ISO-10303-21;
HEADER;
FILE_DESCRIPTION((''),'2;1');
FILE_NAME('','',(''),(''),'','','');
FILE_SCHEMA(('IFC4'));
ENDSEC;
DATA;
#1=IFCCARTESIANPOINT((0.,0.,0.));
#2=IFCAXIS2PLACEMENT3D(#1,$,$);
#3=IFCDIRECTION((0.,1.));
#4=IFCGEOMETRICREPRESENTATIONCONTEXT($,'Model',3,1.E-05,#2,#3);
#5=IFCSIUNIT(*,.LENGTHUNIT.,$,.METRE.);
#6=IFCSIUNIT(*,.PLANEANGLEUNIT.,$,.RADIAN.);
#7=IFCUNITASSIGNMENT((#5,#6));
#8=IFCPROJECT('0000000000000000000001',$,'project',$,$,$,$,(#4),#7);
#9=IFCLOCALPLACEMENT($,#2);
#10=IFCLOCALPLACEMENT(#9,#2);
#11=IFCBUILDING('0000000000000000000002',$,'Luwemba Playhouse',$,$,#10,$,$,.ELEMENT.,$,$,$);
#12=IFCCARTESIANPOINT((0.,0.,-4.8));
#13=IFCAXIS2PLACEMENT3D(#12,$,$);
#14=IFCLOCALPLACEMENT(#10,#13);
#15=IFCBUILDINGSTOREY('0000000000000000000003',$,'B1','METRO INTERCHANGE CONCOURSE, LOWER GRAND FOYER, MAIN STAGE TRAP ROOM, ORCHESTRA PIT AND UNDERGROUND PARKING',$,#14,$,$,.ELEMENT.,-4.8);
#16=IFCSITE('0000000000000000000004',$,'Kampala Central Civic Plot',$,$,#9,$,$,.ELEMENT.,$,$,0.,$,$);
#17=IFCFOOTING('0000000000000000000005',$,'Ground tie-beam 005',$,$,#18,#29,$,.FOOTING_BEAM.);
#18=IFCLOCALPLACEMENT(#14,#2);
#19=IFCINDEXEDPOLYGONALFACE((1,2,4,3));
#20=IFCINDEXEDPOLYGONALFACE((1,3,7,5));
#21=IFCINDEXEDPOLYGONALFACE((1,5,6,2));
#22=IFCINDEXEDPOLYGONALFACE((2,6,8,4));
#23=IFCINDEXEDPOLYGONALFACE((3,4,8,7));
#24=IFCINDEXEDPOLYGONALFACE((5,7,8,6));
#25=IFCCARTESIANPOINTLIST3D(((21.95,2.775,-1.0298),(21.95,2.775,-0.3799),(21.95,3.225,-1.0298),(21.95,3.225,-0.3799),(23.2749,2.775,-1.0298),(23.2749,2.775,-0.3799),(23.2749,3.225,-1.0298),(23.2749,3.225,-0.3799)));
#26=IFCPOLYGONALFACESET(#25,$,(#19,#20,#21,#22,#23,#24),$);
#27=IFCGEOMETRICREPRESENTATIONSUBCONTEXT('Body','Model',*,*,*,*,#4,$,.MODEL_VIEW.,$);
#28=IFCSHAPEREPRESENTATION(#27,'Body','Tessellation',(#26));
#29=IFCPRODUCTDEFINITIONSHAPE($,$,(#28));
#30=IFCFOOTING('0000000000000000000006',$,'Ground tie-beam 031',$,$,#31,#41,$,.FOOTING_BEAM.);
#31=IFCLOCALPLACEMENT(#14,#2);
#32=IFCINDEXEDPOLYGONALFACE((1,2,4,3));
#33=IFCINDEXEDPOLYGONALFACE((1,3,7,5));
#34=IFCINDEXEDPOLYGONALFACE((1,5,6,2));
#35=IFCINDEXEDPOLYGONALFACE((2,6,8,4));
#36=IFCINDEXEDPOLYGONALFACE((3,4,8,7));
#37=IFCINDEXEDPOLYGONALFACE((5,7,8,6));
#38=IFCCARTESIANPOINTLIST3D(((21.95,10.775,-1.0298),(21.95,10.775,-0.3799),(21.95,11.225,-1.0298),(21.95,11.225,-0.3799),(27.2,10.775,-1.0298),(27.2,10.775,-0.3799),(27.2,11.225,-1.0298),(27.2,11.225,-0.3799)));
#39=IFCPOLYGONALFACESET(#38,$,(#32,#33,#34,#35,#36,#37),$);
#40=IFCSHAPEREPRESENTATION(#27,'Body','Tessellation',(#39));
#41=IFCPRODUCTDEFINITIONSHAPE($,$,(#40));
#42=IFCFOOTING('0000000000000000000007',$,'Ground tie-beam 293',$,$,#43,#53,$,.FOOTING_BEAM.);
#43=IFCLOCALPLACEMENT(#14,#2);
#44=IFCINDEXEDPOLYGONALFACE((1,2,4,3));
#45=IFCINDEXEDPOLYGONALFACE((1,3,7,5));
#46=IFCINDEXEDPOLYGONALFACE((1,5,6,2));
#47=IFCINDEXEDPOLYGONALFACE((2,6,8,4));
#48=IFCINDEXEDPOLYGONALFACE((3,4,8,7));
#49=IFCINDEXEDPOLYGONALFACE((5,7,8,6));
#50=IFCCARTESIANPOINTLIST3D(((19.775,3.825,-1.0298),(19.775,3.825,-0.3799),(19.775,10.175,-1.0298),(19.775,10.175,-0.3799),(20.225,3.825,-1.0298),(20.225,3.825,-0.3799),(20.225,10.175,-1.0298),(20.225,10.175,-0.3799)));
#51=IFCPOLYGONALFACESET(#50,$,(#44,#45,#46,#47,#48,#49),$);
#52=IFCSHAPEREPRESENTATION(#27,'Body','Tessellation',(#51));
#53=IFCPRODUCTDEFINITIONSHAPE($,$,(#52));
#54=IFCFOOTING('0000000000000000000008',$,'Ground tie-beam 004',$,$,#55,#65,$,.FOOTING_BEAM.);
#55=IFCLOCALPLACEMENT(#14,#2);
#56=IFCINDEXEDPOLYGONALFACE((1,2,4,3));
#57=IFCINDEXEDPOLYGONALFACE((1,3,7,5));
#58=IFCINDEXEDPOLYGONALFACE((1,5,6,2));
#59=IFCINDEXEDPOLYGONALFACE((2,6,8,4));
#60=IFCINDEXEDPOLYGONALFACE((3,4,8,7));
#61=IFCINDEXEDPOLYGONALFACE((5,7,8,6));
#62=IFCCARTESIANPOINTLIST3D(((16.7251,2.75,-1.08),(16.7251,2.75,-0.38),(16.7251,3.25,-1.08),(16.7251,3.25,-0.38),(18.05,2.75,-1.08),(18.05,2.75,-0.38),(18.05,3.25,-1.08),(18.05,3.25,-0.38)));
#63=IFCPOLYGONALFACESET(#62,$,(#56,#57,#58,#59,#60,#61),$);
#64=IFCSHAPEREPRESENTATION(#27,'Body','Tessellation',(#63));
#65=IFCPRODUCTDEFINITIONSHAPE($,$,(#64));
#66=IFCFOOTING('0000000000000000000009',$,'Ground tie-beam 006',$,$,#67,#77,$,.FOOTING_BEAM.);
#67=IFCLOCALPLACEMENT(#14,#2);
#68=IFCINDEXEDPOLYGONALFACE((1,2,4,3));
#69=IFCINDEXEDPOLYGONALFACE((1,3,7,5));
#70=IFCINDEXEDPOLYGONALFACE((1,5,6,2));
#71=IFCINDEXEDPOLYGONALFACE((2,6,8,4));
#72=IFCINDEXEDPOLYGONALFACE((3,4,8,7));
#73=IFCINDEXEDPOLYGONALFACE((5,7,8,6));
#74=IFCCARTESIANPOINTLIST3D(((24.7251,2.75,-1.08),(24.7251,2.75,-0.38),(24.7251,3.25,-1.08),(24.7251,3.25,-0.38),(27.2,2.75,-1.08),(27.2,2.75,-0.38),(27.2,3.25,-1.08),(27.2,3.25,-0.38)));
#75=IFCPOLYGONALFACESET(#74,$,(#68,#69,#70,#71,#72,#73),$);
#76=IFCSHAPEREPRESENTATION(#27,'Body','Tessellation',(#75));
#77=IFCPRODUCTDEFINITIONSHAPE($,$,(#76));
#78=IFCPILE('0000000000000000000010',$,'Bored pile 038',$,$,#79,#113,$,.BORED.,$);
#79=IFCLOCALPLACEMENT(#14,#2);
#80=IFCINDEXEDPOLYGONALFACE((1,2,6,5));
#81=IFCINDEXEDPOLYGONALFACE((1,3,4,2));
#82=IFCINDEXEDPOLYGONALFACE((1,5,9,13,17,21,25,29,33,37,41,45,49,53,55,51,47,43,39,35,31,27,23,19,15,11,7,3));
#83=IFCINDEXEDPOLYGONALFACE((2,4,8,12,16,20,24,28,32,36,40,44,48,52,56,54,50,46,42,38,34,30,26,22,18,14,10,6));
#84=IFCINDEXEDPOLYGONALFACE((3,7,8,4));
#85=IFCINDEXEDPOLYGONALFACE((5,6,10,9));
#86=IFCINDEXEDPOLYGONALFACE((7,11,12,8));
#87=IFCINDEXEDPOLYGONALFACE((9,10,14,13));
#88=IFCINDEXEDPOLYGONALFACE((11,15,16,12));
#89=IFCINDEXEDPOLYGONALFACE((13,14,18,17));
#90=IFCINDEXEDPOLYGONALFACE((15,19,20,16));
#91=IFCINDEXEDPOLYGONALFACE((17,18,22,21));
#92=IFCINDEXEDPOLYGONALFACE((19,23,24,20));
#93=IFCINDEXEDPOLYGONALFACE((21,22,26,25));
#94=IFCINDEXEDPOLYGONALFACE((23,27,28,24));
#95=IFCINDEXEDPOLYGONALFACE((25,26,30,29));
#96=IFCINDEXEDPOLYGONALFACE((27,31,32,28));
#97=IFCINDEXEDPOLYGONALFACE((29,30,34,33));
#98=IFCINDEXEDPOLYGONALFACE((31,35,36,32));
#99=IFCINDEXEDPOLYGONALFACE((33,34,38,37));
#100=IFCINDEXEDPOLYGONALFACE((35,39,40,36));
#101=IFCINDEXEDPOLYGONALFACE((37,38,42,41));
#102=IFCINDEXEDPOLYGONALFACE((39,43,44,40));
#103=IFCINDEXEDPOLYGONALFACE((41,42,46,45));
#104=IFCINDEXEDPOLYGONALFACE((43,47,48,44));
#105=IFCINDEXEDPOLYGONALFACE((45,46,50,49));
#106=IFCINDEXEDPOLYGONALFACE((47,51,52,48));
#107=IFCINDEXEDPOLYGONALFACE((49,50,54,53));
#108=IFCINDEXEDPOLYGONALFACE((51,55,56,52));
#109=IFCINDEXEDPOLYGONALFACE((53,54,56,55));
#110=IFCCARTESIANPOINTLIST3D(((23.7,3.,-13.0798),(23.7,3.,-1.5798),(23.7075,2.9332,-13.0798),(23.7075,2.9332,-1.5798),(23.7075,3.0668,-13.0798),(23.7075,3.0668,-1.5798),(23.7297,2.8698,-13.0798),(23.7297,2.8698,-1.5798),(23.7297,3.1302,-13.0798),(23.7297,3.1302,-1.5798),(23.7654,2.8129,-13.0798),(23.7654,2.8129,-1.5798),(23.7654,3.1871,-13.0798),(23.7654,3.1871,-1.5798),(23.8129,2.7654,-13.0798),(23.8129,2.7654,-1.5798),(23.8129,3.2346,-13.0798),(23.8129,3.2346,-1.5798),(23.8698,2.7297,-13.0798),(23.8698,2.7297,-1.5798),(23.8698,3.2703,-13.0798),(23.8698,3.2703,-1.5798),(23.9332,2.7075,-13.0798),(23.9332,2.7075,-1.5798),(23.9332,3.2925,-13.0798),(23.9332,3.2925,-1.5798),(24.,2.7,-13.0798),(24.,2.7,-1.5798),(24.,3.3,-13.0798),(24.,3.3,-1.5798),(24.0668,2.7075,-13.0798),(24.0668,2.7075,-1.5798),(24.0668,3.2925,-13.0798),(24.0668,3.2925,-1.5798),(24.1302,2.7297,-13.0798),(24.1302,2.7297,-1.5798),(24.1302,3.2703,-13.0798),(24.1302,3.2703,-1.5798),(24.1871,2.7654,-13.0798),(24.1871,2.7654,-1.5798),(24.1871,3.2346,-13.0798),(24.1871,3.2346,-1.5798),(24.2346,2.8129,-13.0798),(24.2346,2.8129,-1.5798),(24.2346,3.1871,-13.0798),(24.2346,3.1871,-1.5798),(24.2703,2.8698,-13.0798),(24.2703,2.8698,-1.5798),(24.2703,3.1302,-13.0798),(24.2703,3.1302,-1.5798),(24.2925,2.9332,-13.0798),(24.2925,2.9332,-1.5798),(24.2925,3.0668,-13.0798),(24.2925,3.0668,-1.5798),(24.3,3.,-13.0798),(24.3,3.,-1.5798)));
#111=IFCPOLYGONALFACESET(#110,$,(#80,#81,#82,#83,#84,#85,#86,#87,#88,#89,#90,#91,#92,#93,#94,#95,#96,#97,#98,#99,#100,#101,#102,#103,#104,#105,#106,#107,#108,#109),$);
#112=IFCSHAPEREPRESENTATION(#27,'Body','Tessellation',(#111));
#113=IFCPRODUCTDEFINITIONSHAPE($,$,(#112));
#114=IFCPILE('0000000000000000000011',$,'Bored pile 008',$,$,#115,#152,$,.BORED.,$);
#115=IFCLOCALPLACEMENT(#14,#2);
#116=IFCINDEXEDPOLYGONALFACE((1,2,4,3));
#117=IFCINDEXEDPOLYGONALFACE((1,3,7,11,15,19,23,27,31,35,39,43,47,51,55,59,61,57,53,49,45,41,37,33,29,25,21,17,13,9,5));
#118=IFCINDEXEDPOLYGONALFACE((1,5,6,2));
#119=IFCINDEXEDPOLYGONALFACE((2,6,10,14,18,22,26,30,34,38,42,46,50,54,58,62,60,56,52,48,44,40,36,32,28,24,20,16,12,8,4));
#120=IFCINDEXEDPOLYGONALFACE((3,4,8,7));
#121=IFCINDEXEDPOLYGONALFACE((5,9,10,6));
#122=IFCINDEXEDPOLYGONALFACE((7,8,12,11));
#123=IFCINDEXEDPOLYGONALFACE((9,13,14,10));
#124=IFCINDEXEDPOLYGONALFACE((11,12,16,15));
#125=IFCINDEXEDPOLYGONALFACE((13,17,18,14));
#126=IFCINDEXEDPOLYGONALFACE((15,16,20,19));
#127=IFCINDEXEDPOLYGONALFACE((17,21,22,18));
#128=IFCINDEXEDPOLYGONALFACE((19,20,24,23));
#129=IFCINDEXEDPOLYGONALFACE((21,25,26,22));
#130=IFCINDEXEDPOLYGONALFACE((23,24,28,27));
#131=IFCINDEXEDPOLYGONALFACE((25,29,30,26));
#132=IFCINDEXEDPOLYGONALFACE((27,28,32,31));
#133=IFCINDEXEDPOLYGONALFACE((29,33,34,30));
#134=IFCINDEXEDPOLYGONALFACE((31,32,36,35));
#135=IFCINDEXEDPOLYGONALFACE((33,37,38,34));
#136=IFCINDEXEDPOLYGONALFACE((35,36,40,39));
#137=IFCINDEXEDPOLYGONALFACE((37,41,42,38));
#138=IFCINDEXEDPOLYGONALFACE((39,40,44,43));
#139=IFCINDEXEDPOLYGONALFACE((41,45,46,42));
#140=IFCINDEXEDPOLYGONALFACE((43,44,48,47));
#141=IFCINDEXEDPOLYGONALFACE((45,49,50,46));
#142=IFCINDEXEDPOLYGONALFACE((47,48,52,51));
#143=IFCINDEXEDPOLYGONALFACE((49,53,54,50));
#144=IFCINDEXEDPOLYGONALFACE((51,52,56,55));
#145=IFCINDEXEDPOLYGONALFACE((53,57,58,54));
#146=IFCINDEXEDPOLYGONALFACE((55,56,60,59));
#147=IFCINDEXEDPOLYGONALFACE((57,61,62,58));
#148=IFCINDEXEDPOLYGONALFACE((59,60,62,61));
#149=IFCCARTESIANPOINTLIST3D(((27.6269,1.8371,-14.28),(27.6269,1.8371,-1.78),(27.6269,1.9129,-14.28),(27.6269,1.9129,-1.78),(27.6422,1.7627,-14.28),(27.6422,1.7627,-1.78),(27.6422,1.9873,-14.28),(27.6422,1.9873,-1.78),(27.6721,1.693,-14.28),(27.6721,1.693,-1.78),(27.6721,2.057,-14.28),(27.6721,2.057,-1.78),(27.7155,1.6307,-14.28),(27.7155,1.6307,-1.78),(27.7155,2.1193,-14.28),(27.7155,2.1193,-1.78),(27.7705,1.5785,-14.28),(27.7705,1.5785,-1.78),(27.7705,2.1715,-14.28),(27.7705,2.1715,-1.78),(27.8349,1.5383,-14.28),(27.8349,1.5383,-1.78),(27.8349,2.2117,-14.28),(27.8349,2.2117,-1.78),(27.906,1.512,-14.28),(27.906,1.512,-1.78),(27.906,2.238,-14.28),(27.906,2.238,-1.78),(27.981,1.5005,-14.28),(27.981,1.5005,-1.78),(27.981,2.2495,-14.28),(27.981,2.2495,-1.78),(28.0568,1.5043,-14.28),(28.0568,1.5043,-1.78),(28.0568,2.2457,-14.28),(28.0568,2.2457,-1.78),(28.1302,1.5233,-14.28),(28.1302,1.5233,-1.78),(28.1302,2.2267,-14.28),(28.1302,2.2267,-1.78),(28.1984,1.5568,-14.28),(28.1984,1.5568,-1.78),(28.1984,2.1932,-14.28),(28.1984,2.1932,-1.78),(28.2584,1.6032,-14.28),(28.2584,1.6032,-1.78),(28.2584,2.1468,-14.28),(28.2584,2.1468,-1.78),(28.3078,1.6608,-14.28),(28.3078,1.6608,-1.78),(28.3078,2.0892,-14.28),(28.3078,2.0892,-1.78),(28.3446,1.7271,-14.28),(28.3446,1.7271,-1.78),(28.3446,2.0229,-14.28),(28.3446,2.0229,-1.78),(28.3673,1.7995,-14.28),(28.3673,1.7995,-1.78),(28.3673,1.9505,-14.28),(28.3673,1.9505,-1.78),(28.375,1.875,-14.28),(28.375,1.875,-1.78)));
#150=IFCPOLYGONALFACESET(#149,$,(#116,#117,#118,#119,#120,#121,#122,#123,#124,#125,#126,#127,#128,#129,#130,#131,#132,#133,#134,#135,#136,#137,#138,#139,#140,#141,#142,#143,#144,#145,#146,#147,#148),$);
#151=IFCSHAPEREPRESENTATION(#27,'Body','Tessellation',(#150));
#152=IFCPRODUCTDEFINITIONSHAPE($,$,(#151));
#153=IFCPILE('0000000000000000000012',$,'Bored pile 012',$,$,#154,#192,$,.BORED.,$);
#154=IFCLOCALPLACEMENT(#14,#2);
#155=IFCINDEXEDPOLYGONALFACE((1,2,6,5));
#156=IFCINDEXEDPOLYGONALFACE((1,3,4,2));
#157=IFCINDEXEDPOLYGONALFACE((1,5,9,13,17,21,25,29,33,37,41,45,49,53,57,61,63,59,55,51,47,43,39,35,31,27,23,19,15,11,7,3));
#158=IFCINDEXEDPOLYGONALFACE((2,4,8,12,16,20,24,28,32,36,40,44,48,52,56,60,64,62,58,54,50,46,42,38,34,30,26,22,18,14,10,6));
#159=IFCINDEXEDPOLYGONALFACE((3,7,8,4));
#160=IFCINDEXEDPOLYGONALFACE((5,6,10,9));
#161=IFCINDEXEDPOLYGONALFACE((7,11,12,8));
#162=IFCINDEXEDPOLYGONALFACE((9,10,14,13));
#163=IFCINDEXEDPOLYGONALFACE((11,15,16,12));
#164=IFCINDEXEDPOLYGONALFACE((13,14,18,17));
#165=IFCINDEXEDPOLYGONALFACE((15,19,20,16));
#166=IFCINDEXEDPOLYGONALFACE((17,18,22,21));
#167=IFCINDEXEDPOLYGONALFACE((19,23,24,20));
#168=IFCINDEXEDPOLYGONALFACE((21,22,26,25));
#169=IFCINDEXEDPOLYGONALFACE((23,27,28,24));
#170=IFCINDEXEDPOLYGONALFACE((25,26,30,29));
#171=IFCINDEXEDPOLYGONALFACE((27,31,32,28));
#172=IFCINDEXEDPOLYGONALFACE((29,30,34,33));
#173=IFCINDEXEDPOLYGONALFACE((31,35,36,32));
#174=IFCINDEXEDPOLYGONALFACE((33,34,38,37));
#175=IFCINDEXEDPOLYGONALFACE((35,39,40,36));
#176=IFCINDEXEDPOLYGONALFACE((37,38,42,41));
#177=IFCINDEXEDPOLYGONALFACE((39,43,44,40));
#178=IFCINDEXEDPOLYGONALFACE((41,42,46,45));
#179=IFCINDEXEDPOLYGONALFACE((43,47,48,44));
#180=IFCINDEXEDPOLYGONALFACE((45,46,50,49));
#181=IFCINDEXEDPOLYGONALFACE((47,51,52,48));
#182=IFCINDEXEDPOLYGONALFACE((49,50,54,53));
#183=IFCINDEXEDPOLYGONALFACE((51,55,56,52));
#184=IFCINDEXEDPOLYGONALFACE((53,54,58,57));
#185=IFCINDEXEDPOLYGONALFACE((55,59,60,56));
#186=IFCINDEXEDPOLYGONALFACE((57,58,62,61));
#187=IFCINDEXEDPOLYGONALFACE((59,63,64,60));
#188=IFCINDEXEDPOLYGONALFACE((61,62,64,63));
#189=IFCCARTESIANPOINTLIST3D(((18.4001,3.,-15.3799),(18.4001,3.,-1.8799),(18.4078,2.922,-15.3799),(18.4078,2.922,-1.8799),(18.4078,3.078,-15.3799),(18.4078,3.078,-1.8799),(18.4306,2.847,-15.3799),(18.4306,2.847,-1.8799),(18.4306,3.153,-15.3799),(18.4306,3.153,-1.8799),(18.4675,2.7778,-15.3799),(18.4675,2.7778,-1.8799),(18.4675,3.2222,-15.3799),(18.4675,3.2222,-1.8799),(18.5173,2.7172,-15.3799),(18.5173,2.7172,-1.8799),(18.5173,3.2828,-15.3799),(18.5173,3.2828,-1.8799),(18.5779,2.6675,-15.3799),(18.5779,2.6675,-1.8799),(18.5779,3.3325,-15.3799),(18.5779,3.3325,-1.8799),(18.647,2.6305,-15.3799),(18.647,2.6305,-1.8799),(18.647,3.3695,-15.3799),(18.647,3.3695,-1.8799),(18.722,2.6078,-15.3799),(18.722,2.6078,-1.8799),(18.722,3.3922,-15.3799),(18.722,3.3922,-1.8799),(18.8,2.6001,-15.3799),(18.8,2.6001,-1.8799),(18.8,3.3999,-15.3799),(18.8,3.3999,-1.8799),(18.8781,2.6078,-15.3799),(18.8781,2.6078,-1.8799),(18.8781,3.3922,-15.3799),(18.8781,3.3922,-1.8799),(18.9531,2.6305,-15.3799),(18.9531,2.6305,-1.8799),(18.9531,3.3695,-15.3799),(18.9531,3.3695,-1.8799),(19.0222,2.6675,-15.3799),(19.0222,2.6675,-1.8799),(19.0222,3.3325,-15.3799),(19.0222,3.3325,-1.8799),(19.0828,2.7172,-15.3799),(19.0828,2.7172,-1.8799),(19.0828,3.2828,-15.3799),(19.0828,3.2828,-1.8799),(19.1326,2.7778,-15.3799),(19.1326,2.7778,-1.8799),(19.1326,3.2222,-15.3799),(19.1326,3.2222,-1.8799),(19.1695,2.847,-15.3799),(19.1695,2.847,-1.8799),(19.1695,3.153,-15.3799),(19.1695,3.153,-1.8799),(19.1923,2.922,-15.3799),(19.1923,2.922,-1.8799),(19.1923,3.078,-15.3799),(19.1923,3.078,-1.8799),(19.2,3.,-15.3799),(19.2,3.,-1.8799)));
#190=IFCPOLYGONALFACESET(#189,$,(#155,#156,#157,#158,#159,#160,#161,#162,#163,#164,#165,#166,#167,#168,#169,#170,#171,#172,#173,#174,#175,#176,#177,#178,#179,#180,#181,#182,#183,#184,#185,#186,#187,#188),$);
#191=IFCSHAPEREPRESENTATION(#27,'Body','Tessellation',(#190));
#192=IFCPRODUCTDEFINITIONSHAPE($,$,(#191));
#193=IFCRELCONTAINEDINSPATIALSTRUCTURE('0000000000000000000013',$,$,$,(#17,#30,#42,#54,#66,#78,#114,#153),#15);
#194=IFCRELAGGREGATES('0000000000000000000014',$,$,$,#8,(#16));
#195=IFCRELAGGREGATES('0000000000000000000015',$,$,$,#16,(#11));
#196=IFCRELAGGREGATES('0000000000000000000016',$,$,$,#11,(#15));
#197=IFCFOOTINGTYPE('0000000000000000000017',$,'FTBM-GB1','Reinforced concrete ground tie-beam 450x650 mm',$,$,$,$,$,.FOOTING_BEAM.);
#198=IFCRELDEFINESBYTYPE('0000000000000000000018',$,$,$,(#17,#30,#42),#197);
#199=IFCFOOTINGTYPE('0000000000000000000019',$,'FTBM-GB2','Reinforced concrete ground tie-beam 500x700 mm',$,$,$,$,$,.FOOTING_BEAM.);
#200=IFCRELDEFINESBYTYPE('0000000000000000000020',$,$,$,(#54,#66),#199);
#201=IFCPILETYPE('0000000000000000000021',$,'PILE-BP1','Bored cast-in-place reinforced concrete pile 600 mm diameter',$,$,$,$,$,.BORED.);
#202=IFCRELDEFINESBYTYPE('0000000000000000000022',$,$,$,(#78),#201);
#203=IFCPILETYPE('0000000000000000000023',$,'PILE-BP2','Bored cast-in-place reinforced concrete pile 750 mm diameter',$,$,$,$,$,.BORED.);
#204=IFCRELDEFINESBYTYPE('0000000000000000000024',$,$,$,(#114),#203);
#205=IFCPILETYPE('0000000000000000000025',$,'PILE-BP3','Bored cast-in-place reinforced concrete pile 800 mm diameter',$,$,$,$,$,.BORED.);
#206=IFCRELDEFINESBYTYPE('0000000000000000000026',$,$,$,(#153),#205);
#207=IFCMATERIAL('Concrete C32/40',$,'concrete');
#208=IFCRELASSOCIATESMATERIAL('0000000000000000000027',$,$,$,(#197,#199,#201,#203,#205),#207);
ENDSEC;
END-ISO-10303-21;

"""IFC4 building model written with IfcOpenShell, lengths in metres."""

from ifc_helpers import new_model, si_unit, direction, frame, origin, origin_2d, place, context, subcontext, project, spatial, rectangle, circle, extrude, material, material_profile, profile_set, type_object, element, save


model = new_model("IFC4")

# Units and contexts
model_context = context("Model", 3, precision=1e-05, world=origin(), true_north=direction((0.0, 1.0)))
body_context = subcontext(model_context, "Body", "Model", "MODEL_VIEW")
ifc_project = project(units=[si_unit("LENGTHUNIT", "METRE"), si_unit("PLANEANGLEUNIT", "RADIAN")], contexts=[model_context])

# Site, building, storey
site_placement = place(None, origin())
site = spatial("IfcSite", under=ifc_project, at=site_placement, Name="Kampala Central Civic Plot", CompositionType="ELEMENT", RefElevation=0.0)
building_placement = place(site_placement, origin())
building = spatial("IfcBuilding", under=site, at=building_placement, Name="Luwemba Playhouse", CompositionType="ELEMENT")
storey_placement = place(building_placement, frame((0.0, 0.0, -4.8)))
storey = spatial("IfcBuildingStorey", under=building, at=storey_placement, Name="B1", Description="METRO INTERCHANGE CONCOURSE, LOWER GRAND FOYER, MAIN STAGE TRAP ROOM, ORCHESTRA PIT AND UNDERGROUND PARKING", CompositionType="ELEMENT", Elevation=-4.8)

# Footings
ifc_material_1 = material(Name="Concrete C32/40", Category="concrete")
ifc_material_profile_1 = material_profile(ifc_material_1, rectangle(XDim=0.45, YDim=0.6499, at=origin_2d()))
ifc_profile_set_1 = profile_set([ifc_material_profile_1], Name="Concrete C32/40")
footing_type_1 = type_object("IfcFootingType", Name="FTBM-GB1", Description="Reinforced concrete ground tie-beam 450x650 mm", PredefinedType="FOOTING_BEAM", material=ifc_profile_set_1)
footing_1_placement = place(storey_placement, frame((21.95, 3.0, -0.7048), z_axis=(1.0, 0.0, 0.0), x_axis=(0.0, 1.0, 0.0)))
element("IfcFooting", 1, at=footing_1_placement, inside=storey, type_object=footing_type_1, Name="Ground tie-beam 005", PredefinedType="FOOTING_BEAM", context=body_context, shape_type="SweptSolid", body=[
    extrude(rectangle(XDim=0.45, YDim=0.6499, at=origin_2d()), origin(), (0.0, 0.0, 1.0), 1.325),
])
footing_2_placement = place(storey_placement, frame((21.95, 11.0, -0.7048), z_axis=(1.0, 0.0, 0.0), x_axis=(0.0, 1.0, 0.0)))
element("IfcFooting", 2, at=footing_2_placement, inside=storey, type_object=footing_type_1, Name="Ground tie-beam 031", PredefinedType="FOOTING_BEAM", context=body_context, shape_type="SweptSolid", body=[
    extrude(rectangle(XDim=0.45, YDim=0.6499, at=origin_2d()), origin(), (0.0, 0.0, 1.0), 5.25),
])
footing_3_placement = place(storey_placement, frame((20.0, 3.825, -0.7048), z_axis=(0.0, 1.0, 0.0), x_axis=(-1.0, 0.0, 0.0)))
element("IfcFooting", 3, at=footing_3_placement, inside=storey, type_object=footing_type_1, Name="Ground tie-beam 293", PredefinedType="FOOTING_BEAM", context=body_context, shape_type="SweptSolid", body=[
    extrude(rectangle(XDim=0.45, YDim=0.6499, at=origin_2d()), origin(), (0.0, 0.0, 1.0), 6.3501),
])
ifc_material_profile_2 = material_profile(ifc_material_1, rectangle(XDim=0.5, YDim=0.7, at=origin_2d()))
ifc_profile_set_2 = profile_set([ifc_material_profile_2], Name="Concrete C32/40")
footing_type_2 = type_object("IfcFootingType", Name="FTBM-GB2", Description="Reinforced concrete ground tie-beam 500x700 mm", PredefinedType="FOOTING_BEAM", material=ifc_profile_set_2)
footing_4_placement = place(storey_placement, frame((16.7251, 3.0, -0.73), z_axis=(1.0, 0.0, 0.0), x_axis=(0.0, 1.0, 0.0)))
element("IfcFooting", 4, at=footing_4_placement, inside=storey, type_object=footing_type_2, Name="Ground tie-beam 004", PredefinedType="FOOTING_BEAM", context=body_context, shape_type="SweptSolid", body=[
    extrude(rectangle(XDim=0.5, YDim=0.7, at=origin_2d()), origin(), (0.0, 0.0, 1.0), 1.325),
])
footing_5_placement = place(storey_placement, frame((24.7251, 3.0, -0.73), z_axis=(1.0, 0.0, 0.0), x_axis=(0.0, 1.0, 0.0)))
element("IfcFooting", 5, at=footing_5_placement, inside=storey, type_object=footing_type_2, Name="Ground tie-beam 006", PredefinedType="FOOTING_BEAM", context=body_context, shape_type="SweptSolid", body=[
    extrude(rectangle(XDim=0.5, YDim=0.7, at=origin_2d()), origin(), (0.0, 0.0, 1.0), 2.4749),
])

# Piles
ifc_material_profile_3 = material_profile(ifc_material_1, circle(Radius=0.3, at=origin_2d()))
ifc_profile_set_3 = profile_set([ifc_material_profile_3], Name="Concrete C32/40")
pile_type_1 = type_object("IfcPileType", Name="PILE-BP1", Description="Bored cast-in-place reinforced concrete pile 600 mm diameter", PredefinedType="BORED", material=ifc_profile_set_3)
pile_1_placement = place(storey_placement, frame((24.0, 3.0, -1.5798), z_axis=(0.0, 0.0, -1.0), x_axis=(1.0, 0.0, 0.0)))
element("IfcPile", 6, at=pile_1_placement, inside=storey, type_object=pile_type_1, Name="Bored pile 038", PredefinedType="BORED", context=body_context, shape_type="SweptSolid", body=[
    extrude(circle(Radius=0.3, at=origin_2d()), origin(), (0.0, 0.0, 1.0), 11.5),
])
ifc_material_profile_4 = material_profile(ifc_material_1, circle(Radius=0.375, at=origin_2d()))
ifc_profile_set_4 = profile_set([ifc_material_profile_4], Name="Concrete C32/40")
pile_type_2 = type_object("IfcPileType", Name="PILE-BP2", Description="Bored cast-in-place reinforced concrete pile 750 mm diameter", PredefinedType="BORED", material=ifc_profile_set_4)
pile_2_placement = place(storey_placement, frame((28.0, 1.875, -1.78), z_axis=(0.0, 0.0, -1.0), x_axis=(1.0, 0.0, 0.0)))
element("IfcPile", 7, at=pile_2_placement, inside=storey, type_object=pile_type_2, Name="Bored pile 008", PredefinedType="BORED", context=body_context, shape_type="SweptSolid", body=[
    extrude(circle(Radius=0.375, at=origin_2d()), origin(), (0.0, 0.0, 1.0), 12.5),
])
ifc_material_profile_5 = material_profile(ifc_material_1, circle(Radius=0.3999, at=origin_2d()))
ifc_profile_set_5 = profile_set([ifc_material_profile_5], Name="Concrete C32/40")
pile_type_3 = type_object("IfcPileType", Name="PILE-BP3", Description="Bored cast-in-place reinforced concrete pile 800 mm diameter", PredefinedType="BORED", material=ifc_profile_set_5)
for number, where, z_axis, x_axis, name in (
    (8, (18.8, 3.0, -1.8799), (0.0, 0.0, -1.0), (1.0, 0.0, 0.0), "Bored pile 012"),
):
    element("IfcPile", number, at=place(storey_placement, frame(where, z_axis=z_axis, x_axis=x_axis)), inside=storey, type_object=pile_type_3, Name=name, PredefinedType="BORED", context=body_context, shape_type="SweptSolid", body=[
        extrude(circle(Radius=0.3999, at=origin_2d()), origin(), (0.0, 0.0, 1.0), 13.5),
    ])

save(model, "model.ifc")
